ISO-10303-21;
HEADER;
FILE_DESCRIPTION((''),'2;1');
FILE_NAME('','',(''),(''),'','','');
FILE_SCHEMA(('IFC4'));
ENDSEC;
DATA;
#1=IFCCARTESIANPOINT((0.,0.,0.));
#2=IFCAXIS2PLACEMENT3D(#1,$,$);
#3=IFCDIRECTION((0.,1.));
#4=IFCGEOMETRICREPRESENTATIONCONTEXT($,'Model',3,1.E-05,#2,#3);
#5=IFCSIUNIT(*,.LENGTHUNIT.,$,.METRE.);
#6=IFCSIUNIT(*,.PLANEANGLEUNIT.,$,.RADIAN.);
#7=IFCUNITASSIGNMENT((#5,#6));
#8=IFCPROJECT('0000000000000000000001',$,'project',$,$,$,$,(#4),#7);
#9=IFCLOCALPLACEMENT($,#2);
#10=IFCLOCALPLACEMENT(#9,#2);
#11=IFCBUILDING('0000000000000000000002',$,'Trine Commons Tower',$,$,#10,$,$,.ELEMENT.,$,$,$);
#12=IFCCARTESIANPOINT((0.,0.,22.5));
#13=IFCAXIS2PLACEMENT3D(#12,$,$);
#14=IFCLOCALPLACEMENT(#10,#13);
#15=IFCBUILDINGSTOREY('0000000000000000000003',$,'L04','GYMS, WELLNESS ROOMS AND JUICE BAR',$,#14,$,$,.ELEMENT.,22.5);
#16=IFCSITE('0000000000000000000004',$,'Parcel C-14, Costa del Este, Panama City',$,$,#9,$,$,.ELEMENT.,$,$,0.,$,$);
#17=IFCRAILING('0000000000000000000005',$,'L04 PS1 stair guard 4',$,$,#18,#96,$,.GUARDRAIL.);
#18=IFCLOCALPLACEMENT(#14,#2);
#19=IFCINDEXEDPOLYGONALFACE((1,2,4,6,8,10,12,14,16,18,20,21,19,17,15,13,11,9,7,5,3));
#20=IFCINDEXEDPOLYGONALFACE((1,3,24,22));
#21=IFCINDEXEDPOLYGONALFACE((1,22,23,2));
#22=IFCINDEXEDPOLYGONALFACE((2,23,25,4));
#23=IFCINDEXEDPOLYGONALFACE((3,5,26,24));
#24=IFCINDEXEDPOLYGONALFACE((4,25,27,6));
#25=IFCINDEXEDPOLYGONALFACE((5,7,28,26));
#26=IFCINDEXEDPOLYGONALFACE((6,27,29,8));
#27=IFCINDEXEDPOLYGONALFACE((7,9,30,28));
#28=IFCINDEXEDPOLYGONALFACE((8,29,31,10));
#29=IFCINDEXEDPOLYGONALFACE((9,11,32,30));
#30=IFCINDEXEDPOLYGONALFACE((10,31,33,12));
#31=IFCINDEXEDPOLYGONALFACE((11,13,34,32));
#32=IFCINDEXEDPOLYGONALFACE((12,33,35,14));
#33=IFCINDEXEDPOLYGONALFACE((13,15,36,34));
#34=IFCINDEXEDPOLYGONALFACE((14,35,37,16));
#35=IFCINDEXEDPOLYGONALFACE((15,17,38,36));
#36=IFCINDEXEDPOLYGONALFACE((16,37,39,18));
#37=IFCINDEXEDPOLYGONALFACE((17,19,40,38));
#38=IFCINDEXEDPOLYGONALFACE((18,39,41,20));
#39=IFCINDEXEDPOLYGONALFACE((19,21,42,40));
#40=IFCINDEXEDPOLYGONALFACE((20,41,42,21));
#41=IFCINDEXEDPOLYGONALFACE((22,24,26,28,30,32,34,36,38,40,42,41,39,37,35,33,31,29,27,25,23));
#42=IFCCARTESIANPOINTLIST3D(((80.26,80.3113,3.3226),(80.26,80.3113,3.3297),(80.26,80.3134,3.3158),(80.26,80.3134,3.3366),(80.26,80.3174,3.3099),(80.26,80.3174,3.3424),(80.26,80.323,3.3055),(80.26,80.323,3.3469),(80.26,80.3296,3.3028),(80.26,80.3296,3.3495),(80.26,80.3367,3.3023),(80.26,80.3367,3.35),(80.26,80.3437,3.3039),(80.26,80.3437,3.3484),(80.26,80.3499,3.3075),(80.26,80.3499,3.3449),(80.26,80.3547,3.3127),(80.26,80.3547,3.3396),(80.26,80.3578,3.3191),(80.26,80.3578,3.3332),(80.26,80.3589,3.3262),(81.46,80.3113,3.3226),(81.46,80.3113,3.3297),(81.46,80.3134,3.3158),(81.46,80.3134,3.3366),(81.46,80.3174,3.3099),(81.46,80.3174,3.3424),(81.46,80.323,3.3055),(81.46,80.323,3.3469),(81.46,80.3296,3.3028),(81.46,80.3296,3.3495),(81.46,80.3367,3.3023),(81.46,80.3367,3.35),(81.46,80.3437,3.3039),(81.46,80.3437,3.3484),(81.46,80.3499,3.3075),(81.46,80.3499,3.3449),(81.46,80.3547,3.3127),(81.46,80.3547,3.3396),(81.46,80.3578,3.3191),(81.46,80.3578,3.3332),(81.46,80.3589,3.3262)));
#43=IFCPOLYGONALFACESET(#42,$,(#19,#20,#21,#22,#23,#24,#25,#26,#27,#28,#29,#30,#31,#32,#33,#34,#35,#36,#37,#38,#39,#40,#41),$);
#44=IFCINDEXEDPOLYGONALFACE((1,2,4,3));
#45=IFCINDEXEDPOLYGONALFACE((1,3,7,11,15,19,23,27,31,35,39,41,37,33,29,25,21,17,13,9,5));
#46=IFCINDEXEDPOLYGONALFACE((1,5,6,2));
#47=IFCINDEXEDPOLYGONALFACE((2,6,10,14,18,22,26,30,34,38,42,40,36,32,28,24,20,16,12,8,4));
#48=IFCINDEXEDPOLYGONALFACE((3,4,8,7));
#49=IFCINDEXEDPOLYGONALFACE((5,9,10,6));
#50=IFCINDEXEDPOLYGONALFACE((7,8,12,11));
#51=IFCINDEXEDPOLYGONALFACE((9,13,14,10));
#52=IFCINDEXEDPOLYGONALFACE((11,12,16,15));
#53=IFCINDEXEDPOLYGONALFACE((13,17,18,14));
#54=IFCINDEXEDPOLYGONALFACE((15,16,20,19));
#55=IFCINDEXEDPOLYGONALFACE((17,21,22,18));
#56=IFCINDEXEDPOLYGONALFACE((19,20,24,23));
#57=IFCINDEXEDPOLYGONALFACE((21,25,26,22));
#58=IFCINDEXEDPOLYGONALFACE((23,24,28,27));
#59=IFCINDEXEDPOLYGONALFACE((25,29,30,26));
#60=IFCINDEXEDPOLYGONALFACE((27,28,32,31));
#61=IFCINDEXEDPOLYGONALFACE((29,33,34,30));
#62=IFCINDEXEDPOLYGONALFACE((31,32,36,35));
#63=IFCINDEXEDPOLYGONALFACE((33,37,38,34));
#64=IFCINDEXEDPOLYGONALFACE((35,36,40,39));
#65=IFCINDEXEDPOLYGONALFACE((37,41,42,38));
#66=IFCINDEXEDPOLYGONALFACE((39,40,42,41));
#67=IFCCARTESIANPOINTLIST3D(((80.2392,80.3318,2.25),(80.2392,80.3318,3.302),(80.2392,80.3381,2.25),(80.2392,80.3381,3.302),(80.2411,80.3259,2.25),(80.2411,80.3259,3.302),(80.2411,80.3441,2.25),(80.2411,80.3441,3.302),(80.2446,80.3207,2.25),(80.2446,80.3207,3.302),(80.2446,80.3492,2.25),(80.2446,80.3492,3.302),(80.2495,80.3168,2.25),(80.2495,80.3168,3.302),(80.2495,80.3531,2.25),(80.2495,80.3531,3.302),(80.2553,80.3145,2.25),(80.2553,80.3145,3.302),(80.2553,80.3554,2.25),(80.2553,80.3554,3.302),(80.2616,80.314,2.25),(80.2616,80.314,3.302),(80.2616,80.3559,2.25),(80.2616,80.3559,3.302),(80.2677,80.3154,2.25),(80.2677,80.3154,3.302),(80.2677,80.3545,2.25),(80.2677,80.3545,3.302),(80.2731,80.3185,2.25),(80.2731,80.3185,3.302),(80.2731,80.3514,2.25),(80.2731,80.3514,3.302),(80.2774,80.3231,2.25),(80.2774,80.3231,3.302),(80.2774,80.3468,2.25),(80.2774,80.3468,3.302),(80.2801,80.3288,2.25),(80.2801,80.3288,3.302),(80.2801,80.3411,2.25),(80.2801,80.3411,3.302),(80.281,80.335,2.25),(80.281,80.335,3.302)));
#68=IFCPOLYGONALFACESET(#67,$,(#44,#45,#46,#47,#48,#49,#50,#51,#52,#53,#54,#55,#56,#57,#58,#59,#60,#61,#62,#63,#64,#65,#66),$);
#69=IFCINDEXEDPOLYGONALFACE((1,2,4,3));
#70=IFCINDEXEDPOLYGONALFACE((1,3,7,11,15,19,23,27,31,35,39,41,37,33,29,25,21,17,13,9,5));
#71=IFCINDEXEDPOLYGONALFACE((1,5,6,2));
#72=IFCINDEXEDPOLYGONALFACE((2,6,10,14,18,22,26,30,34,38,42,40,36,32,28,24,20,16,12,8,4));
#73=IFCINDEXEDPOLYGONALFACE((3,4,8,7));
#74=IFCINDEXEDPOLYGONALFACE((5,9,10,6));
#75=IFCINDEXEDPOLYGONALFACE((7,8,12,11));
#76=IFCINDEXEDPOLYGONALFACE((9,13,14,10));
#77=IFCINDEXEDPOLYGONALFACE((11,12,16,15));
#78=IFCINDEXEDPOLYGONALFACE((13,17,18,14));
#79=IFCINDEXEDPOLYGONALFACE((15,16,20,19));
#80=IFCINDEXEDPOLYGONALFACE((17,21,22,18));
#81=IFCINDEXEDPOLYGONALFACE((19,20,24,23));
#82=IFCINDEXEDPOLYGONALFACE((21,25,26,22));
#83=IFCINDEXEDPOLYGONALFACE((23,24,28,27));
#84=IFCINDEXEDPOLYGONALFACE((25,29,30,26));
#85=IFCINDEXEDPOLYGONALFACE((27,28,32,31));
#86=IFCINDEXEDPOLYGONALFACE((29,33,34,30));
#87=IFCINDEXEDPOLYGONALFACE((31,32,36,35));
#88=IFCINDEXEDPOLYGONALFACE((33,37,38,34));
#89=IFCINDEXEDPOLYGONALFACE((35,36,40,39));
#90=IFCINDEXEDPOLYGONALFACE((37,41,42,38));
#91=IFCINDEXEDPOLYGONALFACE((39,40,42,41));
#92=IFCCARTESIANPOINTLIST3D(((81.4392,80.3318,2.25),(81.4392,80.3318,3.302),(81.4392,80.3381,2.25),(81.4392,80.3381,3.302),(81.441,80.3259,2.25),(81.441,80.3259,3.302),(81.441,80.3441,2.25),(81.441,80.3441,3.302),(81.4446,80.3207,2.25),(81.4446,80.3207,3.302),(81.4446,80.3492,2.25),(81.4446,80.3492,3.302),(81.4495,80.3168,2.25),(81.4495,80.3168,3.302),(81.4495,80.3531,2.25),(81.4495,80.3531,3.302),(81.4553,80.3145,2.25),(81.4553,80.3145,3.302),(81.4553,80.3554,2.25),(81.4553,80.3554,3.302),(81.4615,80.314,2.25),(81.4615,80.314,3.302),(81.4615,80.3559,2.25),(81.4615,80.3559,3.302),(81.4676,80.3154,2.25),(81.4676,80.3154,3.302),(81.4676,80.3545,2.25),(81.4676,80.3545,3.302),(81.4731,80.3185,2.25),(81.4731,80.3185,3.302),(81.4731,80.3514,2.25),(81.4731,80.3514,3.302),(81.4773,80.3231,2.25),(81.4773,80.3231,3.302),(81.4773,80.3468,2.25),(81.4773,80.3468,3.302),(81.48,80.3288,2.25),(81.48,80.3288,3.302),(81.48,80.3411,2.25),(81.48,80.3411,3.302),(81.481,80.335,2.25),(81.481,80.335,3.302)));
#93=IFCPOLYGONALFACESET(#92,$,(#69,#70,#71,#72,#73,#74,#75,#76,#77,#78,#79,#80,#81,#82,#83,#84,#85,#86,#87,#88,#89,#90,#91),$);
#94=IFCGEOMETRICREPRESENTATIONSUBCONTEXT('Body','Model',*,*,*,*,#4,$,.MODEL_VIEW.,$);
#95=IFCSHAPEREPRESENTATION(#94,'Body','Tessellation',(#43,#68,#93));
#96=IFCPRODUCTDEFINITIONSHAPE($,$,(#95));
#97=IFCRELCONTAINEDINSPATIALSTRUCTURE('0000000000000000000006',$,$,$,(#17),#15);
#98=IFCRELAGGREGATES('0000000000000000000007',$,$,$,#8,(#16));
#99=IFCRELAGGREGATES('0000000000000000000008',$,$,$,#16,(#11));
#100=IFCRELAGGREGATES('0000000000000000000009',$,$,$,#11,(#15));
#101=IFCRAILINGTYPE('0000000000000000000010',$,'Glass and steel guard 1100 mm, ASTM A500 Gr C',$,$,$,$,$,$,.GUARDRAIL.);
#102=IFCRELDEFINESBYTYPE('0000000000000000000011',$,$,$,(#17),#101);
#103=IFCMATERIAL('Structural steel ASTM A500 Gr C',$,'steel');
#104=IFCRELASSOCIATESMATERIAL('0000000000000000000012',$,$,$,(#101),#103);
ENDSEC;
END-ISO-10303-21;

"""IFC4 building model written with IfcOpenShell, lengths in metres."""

from ifc_helpers import new_model, si_unit, direction, frame, origin, origin_2d, place, context, subcontext, project, spatial, circle, extrude, material, type_object, element, save


model = new_model("IFC4")

# Units and contexts
model_context = context("Model", 3, precision=1e-05, world=origin(), true_north=direction((0.0, 1.0)))
body_context = subcontext(model_context, "Body", "Model", "MODEL_VIEW")
ifc_project = project(units=[si_unit("LENGTHUNIT", "METRE"), si_unit("PLANEANGLEUNIT", "RADIAN")], contexts=[model_context])

# Site, building, storey
site_placement = place(None, origin())
site = spatial("IfcSite", under=ifc_project, at=site_placement, Name="Parcel C-14, Costa del Este, Panama City", CompositionType="ELEMENT", RefElevation=0.0)
building_placement = place(site_placement, origin())
building = spatial("IfcBuilding", under=site, at=building_placement, Name="Trine Commons Tower", CompositionType="ELEMENT")
storey_placement = place(building_placement, frame((0.0, 0.0, 22.5)))
storey = spatial("IfcBuildingStorey", under=building, at=storey_placement, Name="L04", Description="GYMS, WELLNESS ROOMS AND JUICE BAR", CompositionType="ELEMENT", Elevation=22.5)

# Railing
ifc_material_1 = material(Name="Structural steel ASTM A500 Gr C", Category="steel")
railing_type_1 = type_object("IfcRailingType", Name="Glass and steel guard 1100 mm, ASTM A500 Gr C", PredefinedType="GUARDRAIL", material=ifc_material_1)
for number, where, name in (
    (1, (80.26, 80.335, 2.25), "L04 PS1 stair guard 4"),
):
    element("IfcRailing", number, at=place(storey_placement, frame(where)), inside=storey, type_object=railing_type_1, Name=name, PredefinedType="GUARDRAIL", context=body_context, shape_type="SweptSolid", body=[
        extrude(circle(Radius=0.0239, at=origin_2d()), frame((0.0, 0.0, 1.0762), z_axis=(1.0, 0.0, 0.0), x_axis=(0.0, 1.0, 0.0)), (0.0, 0.0, 1.0), 1.2),
        extrude(circle(Radius=0.021, at=origin_2d()), origin(), (0.0, 0.0, 1.0), 1.052),
        extrude(circle(Radius=0.021, at=origin_2d()), frame((1.2, 0.0, 0.0)), (0.0, 0.0, 1.0), 1.052),
    ])

save(model, "model.ifc")
